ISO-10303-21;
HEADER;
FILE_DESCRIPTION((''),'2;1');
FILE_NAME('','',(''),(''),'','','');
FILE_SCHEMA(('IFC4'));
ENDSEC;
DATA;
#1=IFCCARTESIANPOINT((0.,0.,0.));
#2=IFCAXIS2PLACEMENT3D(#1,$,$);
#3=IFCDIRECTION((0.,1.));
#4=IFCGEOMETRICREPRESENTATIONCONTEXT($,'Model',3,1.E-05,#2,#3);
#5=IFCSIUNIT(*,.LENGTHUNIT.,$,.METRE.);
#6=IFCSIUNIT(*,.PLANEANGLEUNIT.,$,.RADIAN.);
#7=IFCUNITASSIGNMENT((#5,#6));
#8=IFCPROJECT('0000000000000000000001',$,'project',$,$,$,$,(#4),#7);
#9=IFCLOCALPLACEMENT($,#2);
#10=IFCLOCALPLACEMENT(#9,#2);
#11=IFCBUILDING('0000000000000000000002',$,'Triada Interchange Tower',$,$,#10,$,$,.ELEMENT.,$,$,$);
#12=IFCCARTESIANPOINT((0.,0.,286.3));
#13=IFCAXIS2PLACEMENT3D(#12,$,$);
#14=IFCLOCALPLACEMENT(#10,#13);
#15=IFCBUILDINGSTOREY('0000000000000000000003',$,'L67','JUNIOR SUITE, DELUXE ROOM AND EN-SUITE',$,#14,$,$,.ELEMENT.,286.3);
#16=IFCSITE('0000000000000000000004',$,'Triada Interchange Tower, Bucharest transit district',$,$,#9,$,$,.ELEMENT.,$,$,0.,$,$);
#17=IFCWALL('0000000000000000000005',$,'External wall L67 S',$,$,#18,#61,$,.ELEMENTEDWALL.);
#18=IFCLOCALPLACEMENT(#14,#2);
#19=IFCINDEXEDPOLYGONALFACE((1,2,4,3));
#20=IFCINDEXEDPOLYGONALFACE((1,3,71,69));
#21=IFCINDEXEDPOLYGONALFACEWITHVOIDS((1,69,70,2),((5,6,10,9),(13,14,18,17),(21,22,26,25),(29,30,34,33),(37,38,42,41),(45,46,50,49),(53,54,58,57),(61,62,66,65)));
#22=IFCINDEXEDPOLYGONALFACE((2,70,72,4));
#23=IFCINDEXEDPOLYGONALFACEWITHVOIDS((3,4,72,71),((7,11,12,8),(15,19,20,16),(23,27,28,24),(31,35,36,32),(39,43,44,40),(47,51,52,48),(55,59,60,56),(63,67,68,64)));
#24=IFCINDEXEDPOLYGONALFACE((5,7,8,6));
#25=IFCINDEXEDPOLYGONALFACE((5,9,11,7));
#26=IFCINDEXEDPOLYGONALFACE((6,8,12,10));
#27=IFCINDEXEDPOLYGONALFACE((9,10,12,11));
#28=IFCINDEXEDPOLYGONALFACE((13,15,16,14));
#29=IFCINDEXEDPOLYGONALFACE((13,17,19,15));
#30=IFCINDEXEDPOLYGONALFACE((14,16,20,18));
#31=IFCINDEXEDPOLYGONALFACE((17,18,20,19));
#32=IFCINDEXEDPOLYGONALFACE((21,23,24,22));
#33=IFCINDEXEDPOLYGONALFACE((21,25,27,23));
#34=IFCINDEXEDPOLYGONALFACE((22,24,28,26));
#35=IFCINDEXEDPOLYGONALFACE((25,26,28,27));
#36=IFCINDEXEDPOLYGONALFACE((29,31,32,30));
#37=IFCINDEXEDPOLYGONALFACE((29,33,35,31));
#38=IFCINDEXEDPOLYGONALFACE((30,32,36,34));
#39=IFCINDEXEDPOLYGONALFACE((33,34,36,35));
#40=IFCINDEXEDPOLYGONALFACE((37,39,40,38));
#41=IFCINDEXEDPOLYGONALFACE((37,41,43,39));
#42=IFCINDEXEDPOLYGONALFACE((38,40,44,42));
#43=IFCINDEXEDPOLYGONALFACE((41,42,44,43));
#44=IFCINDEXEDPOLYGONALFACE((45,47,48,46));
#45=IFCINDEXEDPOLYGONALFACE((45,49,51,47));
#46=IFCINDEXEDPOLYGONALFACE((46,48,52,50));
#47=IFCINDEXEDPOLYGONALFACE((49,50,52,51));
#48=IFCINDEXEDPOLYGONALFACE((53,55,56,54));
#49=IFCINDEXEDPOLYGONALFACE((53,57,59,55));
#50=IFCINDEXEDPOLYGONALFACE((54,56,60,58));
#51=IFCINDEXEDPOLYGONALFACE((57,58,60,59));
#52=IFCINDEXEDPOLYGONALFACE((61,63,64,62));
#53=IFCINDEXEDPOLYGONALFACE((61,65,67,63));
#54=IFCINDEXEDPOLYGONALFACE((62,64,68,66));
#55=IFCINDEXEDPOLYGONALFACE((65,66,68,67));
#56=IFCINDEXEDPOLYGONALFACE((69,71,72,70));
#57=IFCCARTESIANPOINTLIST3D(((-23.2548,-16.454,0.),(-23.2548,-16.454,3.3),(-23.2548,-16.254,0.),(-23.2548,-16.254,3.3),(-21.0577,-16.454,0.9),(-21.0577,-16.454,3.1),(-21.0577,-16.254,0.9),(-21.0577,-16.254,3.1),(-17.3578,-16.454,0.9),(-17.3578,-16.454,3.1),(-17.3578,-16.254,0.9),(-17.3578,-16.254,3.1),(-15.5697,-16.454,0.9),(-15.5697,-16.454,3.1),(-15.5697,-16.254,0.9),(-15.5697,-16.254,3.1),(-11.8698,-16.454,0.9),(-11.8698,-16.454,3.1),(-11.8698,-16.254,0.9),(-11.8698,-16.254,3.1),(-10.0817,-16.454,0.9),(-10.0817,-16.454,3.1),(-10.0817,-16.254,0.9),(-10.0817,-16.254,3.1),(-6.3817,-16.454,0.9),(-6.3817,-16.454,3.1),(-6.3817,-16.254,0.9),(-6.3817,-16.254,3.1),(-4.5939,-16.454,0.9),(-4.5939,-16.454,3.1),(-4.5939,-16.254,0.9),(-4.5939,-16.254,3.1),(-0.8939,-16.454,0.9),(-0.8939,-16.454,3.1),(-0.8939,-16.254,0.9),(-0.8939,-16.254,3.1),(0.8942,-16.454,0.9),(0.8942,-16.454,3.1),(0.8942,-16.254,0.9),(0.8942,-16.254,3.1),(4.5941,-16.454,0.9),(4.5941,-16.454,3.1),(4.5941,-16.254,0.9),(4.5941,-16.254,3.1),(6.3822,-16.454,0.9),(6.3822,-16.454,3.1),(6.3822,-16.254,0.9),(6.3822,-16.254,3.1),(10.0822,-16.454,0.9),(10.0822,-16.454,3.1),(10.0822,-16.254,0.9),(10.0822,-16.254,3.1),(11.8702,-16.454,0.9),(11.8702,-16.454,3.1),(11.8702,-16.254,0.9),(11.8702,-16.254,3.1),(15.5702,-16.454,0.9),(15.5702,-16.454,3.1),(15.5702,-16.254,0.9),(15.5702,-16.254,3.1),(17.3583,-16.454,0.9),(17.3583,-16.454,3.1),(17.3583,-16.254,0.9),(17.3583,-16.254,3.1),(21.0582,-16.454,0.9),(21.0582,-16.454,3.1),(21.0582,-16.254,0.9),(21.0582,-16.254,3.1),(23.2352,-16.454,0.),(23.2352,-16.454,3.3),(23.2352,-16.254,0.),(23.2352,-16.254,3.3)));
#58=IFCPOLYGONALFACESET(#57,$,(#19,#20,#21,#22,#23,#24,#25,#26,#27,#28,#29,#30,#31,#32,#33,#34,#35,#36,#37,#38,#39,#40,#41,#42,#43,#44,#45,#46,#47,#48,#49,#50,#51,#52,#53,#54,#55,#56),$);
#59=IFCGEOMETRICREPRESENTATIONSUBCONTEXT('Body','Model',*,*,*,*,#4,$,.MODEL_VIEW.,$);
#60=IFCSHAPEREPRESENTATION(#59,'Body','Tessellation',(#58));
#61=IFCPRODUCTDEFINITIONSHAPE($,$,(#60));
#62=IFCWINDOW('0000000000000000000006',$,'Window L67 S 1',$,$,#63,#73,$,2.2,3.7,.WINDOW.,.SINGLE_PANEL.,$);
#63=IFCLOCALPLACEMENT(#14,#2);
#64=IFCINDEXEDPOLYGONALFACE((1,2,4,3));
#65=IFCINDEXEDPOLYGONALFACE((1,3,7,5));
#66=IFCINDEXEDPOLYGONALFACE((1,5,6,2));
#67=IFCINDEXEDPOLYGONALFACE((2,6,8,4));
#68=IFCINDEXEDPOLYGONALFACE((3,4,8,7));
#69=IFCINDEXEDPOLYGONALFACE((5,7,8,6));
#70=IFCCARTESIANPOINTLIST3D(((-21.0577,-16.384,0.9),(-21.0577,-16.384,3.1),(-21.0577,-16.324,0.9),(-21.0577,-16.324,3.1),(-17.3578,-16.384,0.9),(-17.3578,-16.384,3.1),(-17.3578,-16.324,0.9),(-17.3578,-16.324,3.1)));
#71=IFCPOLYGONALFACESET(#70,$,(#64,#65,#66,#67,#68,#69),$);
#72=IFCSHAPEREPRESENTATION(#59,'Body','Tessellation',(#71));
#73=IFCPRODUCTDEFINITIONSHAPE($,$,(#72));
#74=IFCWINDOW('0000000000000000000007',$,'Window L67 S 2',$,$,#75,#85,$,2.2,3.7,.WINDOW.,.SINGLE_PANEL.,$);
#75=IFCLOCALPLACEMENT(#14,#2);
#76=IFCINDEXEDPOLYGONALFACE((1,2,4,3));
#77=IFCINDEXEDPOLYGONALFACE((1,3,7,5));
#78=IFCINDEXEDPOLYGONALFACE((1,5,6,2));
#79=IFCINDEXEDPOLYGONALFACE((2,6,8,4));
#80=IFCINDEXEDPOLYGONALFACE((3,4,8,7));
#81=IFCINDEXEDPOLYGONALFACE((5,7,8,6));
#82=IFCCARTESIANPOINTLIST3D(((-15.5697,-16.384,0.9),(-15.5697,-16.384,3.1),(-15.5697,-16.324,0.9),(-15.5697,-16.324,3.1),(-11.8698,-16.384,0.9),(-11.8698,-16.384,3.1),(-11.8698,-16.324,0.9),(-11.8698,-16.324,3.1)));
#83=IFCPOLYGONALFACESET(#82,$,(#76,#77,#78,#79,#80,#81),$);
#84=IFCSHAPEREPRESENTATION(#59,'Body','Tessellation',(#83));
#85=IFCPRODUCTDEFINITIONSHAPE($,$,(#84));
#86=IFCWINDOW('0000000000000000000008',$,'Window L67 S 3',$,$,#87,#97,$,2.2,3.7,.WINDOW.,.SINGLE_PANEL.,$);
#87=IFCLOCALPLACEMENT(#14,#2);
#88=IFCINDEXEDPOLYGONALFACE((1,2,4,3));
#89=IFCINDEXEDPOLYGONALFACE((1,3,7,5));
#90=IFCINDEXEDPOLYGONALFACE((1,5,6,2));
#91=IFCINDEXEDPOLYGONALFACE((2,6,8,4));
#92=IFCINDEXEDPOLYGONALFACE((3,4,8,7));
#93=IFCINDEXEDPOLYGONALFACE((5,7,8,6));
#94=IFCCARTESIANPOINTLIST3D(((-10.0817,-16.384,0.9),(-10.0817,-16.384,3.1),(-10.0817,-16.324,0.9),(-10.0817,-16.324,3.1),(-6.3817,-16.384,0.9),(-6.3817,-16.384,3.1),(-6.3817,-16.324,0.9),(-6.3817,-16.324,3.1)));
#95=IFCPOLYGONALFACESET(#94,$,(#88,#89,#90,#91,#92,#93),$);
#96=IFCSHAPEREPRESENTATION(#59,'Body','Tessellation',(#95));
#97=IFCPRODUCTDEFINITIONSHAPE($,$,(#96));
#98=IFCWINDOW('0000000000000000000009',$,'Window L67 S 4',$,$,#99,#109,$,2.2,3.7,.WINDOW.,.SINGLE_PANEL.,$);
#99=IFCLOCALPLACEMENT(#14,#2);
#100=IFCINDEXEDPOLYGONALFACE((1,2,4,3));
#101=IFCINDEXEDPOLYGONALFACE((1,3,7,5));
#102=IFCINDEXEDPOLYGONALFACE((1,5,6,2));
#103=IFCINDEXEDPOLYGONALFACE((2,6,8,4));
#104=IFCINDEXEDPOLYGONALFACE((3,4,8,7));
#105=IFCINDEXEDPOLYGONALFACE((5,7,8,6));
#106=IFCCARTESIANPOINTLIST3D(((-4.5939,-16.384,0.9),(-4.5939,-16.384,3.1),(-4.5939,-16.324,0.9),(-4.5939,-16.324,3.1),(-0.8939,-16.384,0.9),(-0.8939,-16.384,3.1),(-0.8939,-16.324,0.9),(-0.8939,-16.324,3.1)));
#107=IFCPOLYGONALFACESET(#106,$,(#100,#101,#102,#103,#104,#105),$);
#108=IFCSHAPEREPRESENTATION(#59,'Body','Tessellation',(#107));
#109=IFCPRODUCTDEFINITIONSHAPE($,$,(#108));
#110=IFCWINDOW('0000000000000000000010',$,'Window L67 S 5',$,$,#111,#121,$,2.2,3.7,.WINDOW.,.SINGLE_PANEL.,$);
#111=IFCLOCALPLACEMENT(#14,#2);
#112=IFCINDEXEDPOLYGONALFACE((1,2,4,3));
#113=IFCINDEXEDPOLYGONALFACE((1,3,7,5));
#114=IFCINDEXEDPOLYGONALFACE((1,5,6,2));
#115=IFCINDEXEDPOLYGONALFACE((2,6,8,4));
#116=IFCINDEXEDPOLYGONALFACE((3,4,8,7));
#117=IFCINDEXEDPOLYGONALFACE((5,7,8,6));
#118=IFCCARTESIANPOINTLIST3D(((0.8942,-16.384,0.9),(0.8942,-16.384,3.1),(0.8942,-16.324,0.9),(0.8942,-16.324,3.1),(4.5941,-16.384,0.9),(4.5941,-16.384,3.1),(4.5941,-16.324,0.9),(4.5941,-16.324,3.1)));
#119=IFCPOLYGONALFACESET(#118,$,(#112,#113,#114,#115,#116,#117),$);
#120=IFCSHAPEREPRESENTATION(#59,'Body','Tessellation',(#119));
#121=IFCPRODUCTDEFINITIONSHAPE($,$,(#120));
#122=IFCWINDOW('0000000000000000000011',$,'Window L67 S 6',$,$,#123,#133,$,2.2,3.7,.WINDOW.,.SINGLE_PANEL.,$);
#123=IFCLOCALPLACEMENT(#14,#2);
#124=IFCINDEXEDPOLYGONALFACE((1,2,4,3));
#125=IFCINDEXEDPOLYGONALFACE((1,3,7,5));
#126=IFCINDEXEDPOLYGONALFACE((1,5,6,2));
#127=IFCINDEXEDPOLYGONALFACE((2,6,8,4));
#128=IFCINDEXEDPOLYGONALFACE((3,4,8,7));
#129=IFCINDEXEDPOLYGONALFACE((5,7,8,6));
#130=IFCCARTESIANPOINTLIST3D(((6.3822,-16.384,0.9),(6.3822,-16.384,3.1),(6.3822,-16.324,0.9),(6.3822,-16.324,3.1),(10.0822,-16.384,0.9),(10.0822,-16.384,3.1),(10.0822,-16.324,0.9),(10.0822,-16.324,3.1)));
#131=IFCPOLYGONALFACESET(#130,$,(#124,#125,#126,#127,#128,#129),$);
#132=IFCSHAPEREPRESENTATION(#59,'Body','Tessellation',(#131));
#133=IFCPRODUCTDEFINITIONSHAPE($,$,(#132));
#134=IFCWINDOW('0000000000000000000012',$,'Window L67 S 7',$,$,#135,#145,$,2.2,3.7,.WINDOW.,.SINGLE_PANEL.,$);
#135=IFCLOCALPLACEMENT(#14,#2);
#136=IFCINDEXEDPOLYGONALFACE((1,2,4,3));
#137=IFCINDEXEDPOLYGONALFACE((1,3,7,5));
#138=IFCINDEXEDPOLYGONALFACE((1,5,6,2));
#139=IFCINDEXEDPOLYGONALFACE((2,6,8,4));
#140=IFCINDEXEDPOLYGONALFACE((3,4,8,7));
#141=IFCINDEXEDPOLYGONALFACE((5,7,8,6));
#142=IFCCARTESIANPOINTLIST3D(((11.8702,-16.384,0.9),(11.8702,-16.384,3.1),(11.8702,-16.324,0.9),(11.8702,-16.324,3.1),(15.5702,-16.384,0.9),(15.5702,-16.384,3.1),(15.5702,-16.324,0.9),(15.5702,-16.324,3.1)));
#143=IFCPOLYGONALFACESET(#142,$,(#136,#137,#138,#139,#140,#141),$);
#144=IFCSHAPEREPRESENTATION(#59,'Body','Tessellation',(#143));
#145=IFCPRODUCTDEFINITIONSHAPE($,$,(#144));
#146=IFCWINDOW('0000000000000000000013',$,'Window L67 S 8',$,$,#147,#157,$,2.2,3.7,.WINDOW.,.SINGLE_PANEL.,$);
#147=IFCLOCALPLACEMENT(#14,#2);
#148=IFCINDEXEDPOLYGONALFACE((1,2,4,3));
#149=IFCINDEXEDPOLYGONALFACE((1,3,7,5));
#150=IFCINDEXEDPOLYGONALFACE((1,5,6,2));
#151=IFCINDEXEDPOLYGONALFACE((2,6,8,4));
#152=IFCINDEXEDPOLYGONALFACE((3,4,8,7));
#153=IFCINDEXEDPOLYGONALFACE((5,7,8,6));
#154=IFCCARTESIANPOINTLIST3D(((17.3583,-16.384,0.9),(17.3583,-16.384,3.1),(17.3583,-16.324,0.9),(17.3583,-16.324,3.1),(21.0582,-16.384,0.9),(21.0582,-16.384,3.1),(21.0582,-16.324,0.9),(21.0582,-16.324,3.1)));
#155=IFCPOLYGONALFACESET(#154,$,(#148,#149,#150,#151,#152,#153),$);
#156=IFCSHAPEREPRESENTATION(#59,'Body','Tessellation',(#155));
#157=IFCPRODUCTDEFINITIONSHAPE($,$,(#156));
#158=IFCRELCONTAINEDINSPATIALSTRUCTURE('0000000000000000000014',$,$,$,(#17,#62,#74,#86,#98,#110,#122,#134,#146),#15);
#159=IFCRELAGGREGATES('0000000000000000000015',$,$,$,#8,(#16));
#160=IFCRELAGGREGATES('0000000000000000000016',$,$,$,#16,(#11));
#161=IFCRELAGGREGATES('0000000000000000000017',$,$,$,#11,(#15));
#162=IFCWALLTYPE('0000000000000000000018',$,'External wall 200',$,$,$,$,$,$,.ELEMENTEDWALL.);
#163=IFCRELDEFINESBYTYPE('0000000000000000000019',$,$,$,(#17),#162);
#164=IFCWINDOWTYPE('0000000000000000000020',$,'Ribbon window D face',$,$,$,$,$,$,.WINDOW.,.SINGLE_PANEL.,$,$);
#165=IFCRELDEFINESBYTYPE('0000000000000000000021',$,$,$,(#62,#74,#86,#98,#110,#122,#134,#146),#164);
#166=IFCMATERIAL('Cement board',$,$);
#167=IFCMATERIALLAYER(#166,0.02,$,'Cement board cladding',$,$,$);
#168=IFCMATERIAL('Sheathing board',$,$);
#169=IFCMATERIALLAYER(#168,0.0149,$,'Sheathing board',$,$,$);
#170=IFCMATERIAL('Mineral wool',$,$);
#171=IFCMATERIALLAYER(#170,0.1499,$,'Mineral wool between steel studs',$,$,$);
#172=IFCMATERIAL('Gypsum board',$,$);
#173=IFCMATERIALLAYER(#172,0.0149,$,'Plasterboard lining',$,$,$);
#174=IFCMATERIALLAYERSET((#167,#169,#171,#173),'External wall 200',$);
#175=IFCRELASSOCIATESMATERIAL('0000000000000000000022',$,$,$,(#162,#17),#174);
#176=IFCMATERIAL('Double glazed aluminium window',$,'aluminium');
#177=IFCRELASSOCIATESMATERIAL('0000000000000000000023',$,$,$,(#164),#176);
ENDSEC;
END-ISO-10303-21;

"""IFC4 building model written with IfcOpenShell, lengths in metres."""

from ifc_helpers import new_model, si_unit, direction, frame, frame_2d, origin, place, context, subcontext, project, spatial, rectangle, extrude, material, layer, layer_set, layer_usage, type_object, element, fill, save


model = new_model("IFC4")

# Units and contexts
model_context = context("Model", 3, precision=1e-05, world=origin(), true_north=direction((0.0, 1.0)))
body_context = subcontext(model_context, "Body", "Model", "MODEL_VIEW")
ifc_project = project(units=[si_unit("LENGTHUNIT", "METRE"), si_unit("PLANEANGLEUNIT", "RADIAN")], contexts=[model_context])

# Site, building, storey
site_placement = place(None, origin())
site = spatial("IfcSite", under=ifc_project, at=site_placement, Name="Triada Interchange Tower, Bucharest transit district", CompositionType="ELEMENT", RefElevation=0.0)
building_placement = place(site_placement, origin())
building = spatial("IfcBuilding", under=site, at=building_placement, Name="Triada Interchange Tower", CompositionType="ELEMENT")
storey_placement = place(building_placement, frame((0.0, 0.0, 286.3)))
storey = spatial("IfcBuildingStorey", under=building, at=storey_placement, Name="L67", Description="JUNIOR SUITE, DELUXE ROOM AND EN-SUITE", CompositionType="ELEMENT", Elevation=286.3)

# Shared definitions
ifc_material_1 = material(Name="Cement board")
ifc_layer_1 = layer(ifc_material_1, 0.02, Name="Cement board cladding")
ifc_material_2 = material(Name="Sheathing board")
ifc_layer_2 = layer(ifc_material_2, 0.0149, Name="Sheathing board")
ifc_material_3 = material(Name="Mineral wool")
ifc_layer_3 = layer(ifc_material_3, 0.1499, Name="Mineral wool between steel studs")
ifc_material_4 = material(Name="Gypsum board")
ifc_layer_4 = layer(ifc_material_4, 0.0149, Name="Plasterboard lining")
ifc_layer_set_1 = layer_set([ifc_layer_1, ifc_layer_2, ifc_layer_3, ifc_layer_4], Name="External wall 200")
ifc_layer_usage = layer_usage(ifc_layer_set_1, "AXIS2", "POSITIVE", -0.1001)
wall_type = type_object("IfcWallType", Name="External wall 200", PredefinedType="ELEMENTEDWALL", material=ifc_layer_set_1)
ifc_material_5 = material(Name="Double glazed aluminium window", Category="aluminium")

# Wall, openings, windows
wall_1_placement = place(storey_placement, frame((-23.2549, -16.354, 0.0), z_axis=(0.0, 0.0, 1.0), x_axis=(1.0, 0.0, 0.0)))
wall_1 = element("IfcWall", 1, at=wall_1_placement, inside=storey, type_object=wall_type, material=ifc_layer_usage, Name="External wall L67 S", PredefinedType="ELEMENTEDWALL", context=body_context, shape_type="SweptSolid", body=[
    extrude(rectangle(XDim=46.49, YDim=0.2, at=frame_2d((23.2451, 0.0))), origin(), (0.0, 0.0, 1.0), 3.3),
])
opening_1_placement = place(wall_1_placement, frame((2.197, 0.0, 0.8999)))
opening_1 = element("IfcOpeningElement", 2, at=opening_1_placement, cuts=wall_1, PredefinedType="OPENING", context=body_context, shape_type="SweptSolid", body=[
    extrude(rectangle(XDim=3.7, YDim=2.2, at=frame_2d((1.8501, 1.1001))), frame((0.0, 0.1099, 0.0), z_axis=(0.0, -1.0, 0.0), x_axis=(1.0, 0.0, 0.0)), (0.0, 0.0, 1.0), 0.22),
])
opening_2_placement = place(wall_1_placement, frame((7.6851, 0.0, 0.8999)))
opening_2 = element("IfcOpeningElement", 3, at=opening_2_placement, cuts=wall_1, PredefinedType="OPENING", context=body_context, shape_type="SweptSolid", body=[
    extrude(rectangle(XDim=3.7, YDim=2.2, at=frame_2d((1.8501, 1.1001))), frame((0.0, 0.1099, 0.0), z_axis=(0.0, -1.0, 0.0), x_axis=(1.0, 0.0, 0.0)), (0.0, 0.0, 1.0), 0.22),
])
opening_3_placement = place(wall_1_placement, frame((13.1731, 0.0, 0.8999)))
opening_3 = element("IfcOpeningElement", 4, at=opening_3_placement, cuts=wall_1, PredefinedType="OPENING", context=body_context, shape_type="SweptSolid", body=[
    extrude(rectangle(XDim=3.7, YDim=2.2, at=frame_2d((1.8501, 1.1001))), frame((0.0, 0.1099, 0.0), z_axis=(0.0, -1.0, 0.0), x_axis=(1.0, 0.0, 0.0)), (0.0, 0.0, 1.0), 0.22),
])
opening_4_placement = place(wall_1_placement, frame((18.6609, 0.0, 0.8999)))
opening_4 = element("IfcOpeningElement", 5, at=opening_4_placement, cuts=wall_1, PredefinedType="OPENING", context=body_context, shape_type="SweptSolid", body=[
    extrude(rectangle(XDim=3.7, YDim=2.2, at=frame_2d((1.8501, 1.1001))), frame((0.0, 0.1099, 0.0), z_axis=(0.0, -1.0, 0.0), x_axis=(1.0, 0.0, 0.0)), (0.0, 0.0, 1.0), 0.22),
])
opening_5_placement = place(wall_1_placement, frame((24.1489, 0.0, 0.8999)))
opening_5 = element("IfcOpeningElement", 6, at=opening_5_placement, cuts=wall_1, PredefinedType="OPENING", context=body_context, shape_type="SweptSolid", body=[
    extrude(rectangle(XDim=3.7, YDim=2.2, at=frame_2d((1.8501, 1.1001))), frame((0.0, 0.1099, 0.0), z_axis=(0.0, -1.0, 0.0), x_axis=(1.0, 0.0, 0.0)), (0.0, 0.0, 1.0), 0.22),
])
opening_6_placement = place(wall_1_placement, frame((29.637, 0.0, 0.8999)))
opening_6 = element("IfcOpeningElement", 7, at=opening_6_placement, cuts=wall_1, PredefinedType="OPENING", context=body_context, shape_type="SweptSolid", body=[
    extrude(rectangle(XDim=3.7, YDim=2.2, at=frame_2d((1.8501, 1.1001))), frame((0.0, 0.1099, 0.0), z_axis=(0.0, -1.0, 0.0), x_axis=(1.0, 0.0, 0.0)), (0.0, 0.0, 1.0), 0.22),
])
opening_7_placement = place(wall_1_placement, frame((35.125, 0.0, 0.8999)))
opening_7 = element("IfcOpeningElement", 8, at=opening_7_placement, cuts=wall_1, PredefinedType="OPENING", context=body_context, shape_type="SweptSolid", body=[
    extrude(rectangle(XDim=3.7, YDim=2.2, at=frame_2d((1.8501, 1.1001))), frame((0.0, 0.1099, 0.0), z_axis=(0.0, -1.0, 0.0), x_axis=(1.0, 0.0, 0.0)), (0.0, 0.0, 1.0), 0.22),
])
opening_8_placement = place(wall_1_placement, frame((40.613, 0.0, 0.8999)))
opening_8 = element("IfcOpeningElement", 9, at=opening_8_placement, cuts=wall_1, PredefinedType="OPENING", context=body_context, shape_type="SweptSolid", body=[
    extrude(rectangle(XDim=3.7, YDim=2.2, at=frame_2d((1.8501, 1.1001))), frame((0.0, 0.1099, 0.0), z_axis=(0.0, -1.0, 0.0), x_axis=(1.0, 0.0, 0.0)), (0.0, 0.0, 1.0), 0.22),
])
window_type_1 = type_object("IfcWindowType", Name="Ribbon window D face", PartitioningType="SINGLE_PANEL", PredefinedType="WINDOW", material=ifc_material_5)
window_1_placement = place(opening_1_placement, origin())
window_1 = element("IfcWindow", 10, at=window_1_placement, inside=storey, type_object=window_type_1, Name="Window L67 S 1", OverallHeight=2.2, OverallWidth=3.7, PartitioningType="SINGLE_PANEL", PredefinedType="WINDOW", context=body_context, shape_type="SweptSolid", body=[
    extrude(rectangle(XDim=3.7, YDim=2.2, at=frame_2d((1.8501, 1.1001))), frame((0.0, 0.03, 0.0), z_axis=(0.0, -1.0, 0.0), x_axis=(1.0, 0.0, 0.0)), (0.0, 0.0, 1.0), 0.0601),
])
fill(opening_1, window_1)
window_2_placement = place(opening_2_placement, origin())
window_2 = element("IfcWindow", 11, at=window_2_placement, inside=storey, type_object=window_type_1, Name="Window L67 S 2", OverallHeight=2.2, OverallWidth=3.7, PartitioningType="SINGLE_PANEL", PredefinedType="WINDOW", context=body_context, shape_type="SweptSolid", body=[
    extrude(rectangle(XDim=3.7, YDim=2.2, at=frame_2d((1.8501, 1.1001))), frame((0.0, 0.03, 0.0), z_axis=(0.0, -1.0, 0.0), x_axis=(1.0, 0.0, 0.0)), (0.0, 0.0, 1.0), 0.0601),
])
fill(opening_2, window_2)
window_3_placement = place(opening_3_placement, origin())
window_3 = element("IfcWindow", 12, at=window_3_placement, inside=storey, type_object=window_type_1, Name="Window L67 S 3", OverallHeight=2.2, OverallWidth=3.7, PartitioningType="SINGLE_PANEL", PredefinedType="WINDOW", context=body_context, shape_type="SweptSolid", body=[
    extrude(rectangle(XDim=3.7, YDim=2.2, at=frame_2d((1.8501, 1.1001))), frame((0.0, 0.03, 0.0), z_axis=(0.0, -1.0, 0.0), x_axis=(1.0, 0.0, 0.0)), (0.0, 0.0, 1.0), 0.0601),
])
fill(opening_3, window_3)
window_4_placement = place(opening_4_placement, origin())
window_4 = element("IfcWindow", 13, at=window_4_placement, inside=storey, type_object=window_type_1, Name="Window L67 S 4", OverallHeight=2.2, OverallWidth=3.7, PartitioningType="SINGLE_PANEL", PredefinedType="WINDOW", context=body_context, shape_type="SweptSolid", body=[
    extrude(rectangle(XDim=3.7, YDim=2.2, at=frame_2d((1.8501, 1.1001))), frame((0.0, 0.03, 0.0), z_axis=(0.0, -1.0, 0.0), x_axis=(1.0, 0.0, 0.0)), (0.0, 0.0, 1.0), 0.0601),
])
fill(opening_4, window_4)
window_5_placement = place(opening_5_placement, origin())
window_5 = element("IfcWindow", 14, at=window_5_placement, inside=storey, type_object=window_type_1, Name="Window L67 S 5", OverallHeight=2.2, OverallWidth=3.7, PartitioningType="SINGLE_PANEL", PredefinedType="WINDOW", context=body_context, shape_type="SweptSolid", body=[
    extrude(rectangle(XDim=3.7, YDim=2.2, at=frame_2d((1.8501, 1.1001))), frame((0.0, 0.03, 0.0), z_axis=(0.0, -1.0, 0.0), x_axis=(1.0, 0.0, 0.0)), (0.0, 0.0, 1.0), 0.0601),
])
fill(opening_5, window_5)
window_6_placement = place(opening_6_placement, origin())
window_6 = element("IfcWindow", 15, at=window_6_placement, inside=storey, type_object=window_type_1, Name="Window L67 S 6", OverallHeight=2.2, OverallWidth=3.7, PartitioningType="SINGLE_PANEL", PredefinedType="WINDOW", context=body_context, shape_type="SweptSolid", body=[
    extrude(rectangle(XDim=3.7, YDim=2.2, at=frame_2d((1.8501, 1.1001))), frame((0.0, 0.03, 0.0), z_axis=(0.0, -1.0, 0.0), x_axis=(1.0, 0.0, 0.0)), (0.0, 0.0, 1.0), 0.0601),
])
fill(opening_6, window_6)
window_7_placement = place(opening_7_placement, origin())
window_7 = element("IfcWindow", 16, at=window_7_placement, inside=storey, type_object=window_type_1, Name="Window L67 S 7", OverallHeight=2.2, OverallWidth=3.7, PartitioningType="SINGLE_PANEL", PredefinedType="WINDOW", context=body_context, shape_type="SweptSolid", body=[
    extrude(rectangle(XDim=3.7, YDim=2.2, at=frame_2d((1.8501, 1.1001))), frame((0.0, 0.03, 0.0), z_axis=(0.0, -1.0, 0.0), x_axis=(1.0, 0.0, 0.0)), (0.0, 0.0, 1.0), 0.0601),
])
fill(opening_7, window_7)
window_8_placement = place(opening_8_placement, origin())
window_8 = element("IfcWindow", 17, at=window_8_placement, inside=storey, type_object=window_type_1, Name="Window L67 S 8", OverallHeight=2.2, OverallWidth=3.7, PartitioningType="SINGLE_PANEL", PredefinedType="WINDOW", context=body_context, shape_type="SweptSolid", body=[
    extrude(rectangle(XDim=3.7, YDim=2.2, at=frame_2d((1.8501, 1.1001))), frame((0.0, 0.03, 0.0), z_axis=(0.0, -1.0, 0.0), x_axis=(1.0, 0.0, 0.0)), (0.0, 0.0, 1.0), 0.0601),
])
fill(opening_8, window_8)

save(model, "model.ifc")
